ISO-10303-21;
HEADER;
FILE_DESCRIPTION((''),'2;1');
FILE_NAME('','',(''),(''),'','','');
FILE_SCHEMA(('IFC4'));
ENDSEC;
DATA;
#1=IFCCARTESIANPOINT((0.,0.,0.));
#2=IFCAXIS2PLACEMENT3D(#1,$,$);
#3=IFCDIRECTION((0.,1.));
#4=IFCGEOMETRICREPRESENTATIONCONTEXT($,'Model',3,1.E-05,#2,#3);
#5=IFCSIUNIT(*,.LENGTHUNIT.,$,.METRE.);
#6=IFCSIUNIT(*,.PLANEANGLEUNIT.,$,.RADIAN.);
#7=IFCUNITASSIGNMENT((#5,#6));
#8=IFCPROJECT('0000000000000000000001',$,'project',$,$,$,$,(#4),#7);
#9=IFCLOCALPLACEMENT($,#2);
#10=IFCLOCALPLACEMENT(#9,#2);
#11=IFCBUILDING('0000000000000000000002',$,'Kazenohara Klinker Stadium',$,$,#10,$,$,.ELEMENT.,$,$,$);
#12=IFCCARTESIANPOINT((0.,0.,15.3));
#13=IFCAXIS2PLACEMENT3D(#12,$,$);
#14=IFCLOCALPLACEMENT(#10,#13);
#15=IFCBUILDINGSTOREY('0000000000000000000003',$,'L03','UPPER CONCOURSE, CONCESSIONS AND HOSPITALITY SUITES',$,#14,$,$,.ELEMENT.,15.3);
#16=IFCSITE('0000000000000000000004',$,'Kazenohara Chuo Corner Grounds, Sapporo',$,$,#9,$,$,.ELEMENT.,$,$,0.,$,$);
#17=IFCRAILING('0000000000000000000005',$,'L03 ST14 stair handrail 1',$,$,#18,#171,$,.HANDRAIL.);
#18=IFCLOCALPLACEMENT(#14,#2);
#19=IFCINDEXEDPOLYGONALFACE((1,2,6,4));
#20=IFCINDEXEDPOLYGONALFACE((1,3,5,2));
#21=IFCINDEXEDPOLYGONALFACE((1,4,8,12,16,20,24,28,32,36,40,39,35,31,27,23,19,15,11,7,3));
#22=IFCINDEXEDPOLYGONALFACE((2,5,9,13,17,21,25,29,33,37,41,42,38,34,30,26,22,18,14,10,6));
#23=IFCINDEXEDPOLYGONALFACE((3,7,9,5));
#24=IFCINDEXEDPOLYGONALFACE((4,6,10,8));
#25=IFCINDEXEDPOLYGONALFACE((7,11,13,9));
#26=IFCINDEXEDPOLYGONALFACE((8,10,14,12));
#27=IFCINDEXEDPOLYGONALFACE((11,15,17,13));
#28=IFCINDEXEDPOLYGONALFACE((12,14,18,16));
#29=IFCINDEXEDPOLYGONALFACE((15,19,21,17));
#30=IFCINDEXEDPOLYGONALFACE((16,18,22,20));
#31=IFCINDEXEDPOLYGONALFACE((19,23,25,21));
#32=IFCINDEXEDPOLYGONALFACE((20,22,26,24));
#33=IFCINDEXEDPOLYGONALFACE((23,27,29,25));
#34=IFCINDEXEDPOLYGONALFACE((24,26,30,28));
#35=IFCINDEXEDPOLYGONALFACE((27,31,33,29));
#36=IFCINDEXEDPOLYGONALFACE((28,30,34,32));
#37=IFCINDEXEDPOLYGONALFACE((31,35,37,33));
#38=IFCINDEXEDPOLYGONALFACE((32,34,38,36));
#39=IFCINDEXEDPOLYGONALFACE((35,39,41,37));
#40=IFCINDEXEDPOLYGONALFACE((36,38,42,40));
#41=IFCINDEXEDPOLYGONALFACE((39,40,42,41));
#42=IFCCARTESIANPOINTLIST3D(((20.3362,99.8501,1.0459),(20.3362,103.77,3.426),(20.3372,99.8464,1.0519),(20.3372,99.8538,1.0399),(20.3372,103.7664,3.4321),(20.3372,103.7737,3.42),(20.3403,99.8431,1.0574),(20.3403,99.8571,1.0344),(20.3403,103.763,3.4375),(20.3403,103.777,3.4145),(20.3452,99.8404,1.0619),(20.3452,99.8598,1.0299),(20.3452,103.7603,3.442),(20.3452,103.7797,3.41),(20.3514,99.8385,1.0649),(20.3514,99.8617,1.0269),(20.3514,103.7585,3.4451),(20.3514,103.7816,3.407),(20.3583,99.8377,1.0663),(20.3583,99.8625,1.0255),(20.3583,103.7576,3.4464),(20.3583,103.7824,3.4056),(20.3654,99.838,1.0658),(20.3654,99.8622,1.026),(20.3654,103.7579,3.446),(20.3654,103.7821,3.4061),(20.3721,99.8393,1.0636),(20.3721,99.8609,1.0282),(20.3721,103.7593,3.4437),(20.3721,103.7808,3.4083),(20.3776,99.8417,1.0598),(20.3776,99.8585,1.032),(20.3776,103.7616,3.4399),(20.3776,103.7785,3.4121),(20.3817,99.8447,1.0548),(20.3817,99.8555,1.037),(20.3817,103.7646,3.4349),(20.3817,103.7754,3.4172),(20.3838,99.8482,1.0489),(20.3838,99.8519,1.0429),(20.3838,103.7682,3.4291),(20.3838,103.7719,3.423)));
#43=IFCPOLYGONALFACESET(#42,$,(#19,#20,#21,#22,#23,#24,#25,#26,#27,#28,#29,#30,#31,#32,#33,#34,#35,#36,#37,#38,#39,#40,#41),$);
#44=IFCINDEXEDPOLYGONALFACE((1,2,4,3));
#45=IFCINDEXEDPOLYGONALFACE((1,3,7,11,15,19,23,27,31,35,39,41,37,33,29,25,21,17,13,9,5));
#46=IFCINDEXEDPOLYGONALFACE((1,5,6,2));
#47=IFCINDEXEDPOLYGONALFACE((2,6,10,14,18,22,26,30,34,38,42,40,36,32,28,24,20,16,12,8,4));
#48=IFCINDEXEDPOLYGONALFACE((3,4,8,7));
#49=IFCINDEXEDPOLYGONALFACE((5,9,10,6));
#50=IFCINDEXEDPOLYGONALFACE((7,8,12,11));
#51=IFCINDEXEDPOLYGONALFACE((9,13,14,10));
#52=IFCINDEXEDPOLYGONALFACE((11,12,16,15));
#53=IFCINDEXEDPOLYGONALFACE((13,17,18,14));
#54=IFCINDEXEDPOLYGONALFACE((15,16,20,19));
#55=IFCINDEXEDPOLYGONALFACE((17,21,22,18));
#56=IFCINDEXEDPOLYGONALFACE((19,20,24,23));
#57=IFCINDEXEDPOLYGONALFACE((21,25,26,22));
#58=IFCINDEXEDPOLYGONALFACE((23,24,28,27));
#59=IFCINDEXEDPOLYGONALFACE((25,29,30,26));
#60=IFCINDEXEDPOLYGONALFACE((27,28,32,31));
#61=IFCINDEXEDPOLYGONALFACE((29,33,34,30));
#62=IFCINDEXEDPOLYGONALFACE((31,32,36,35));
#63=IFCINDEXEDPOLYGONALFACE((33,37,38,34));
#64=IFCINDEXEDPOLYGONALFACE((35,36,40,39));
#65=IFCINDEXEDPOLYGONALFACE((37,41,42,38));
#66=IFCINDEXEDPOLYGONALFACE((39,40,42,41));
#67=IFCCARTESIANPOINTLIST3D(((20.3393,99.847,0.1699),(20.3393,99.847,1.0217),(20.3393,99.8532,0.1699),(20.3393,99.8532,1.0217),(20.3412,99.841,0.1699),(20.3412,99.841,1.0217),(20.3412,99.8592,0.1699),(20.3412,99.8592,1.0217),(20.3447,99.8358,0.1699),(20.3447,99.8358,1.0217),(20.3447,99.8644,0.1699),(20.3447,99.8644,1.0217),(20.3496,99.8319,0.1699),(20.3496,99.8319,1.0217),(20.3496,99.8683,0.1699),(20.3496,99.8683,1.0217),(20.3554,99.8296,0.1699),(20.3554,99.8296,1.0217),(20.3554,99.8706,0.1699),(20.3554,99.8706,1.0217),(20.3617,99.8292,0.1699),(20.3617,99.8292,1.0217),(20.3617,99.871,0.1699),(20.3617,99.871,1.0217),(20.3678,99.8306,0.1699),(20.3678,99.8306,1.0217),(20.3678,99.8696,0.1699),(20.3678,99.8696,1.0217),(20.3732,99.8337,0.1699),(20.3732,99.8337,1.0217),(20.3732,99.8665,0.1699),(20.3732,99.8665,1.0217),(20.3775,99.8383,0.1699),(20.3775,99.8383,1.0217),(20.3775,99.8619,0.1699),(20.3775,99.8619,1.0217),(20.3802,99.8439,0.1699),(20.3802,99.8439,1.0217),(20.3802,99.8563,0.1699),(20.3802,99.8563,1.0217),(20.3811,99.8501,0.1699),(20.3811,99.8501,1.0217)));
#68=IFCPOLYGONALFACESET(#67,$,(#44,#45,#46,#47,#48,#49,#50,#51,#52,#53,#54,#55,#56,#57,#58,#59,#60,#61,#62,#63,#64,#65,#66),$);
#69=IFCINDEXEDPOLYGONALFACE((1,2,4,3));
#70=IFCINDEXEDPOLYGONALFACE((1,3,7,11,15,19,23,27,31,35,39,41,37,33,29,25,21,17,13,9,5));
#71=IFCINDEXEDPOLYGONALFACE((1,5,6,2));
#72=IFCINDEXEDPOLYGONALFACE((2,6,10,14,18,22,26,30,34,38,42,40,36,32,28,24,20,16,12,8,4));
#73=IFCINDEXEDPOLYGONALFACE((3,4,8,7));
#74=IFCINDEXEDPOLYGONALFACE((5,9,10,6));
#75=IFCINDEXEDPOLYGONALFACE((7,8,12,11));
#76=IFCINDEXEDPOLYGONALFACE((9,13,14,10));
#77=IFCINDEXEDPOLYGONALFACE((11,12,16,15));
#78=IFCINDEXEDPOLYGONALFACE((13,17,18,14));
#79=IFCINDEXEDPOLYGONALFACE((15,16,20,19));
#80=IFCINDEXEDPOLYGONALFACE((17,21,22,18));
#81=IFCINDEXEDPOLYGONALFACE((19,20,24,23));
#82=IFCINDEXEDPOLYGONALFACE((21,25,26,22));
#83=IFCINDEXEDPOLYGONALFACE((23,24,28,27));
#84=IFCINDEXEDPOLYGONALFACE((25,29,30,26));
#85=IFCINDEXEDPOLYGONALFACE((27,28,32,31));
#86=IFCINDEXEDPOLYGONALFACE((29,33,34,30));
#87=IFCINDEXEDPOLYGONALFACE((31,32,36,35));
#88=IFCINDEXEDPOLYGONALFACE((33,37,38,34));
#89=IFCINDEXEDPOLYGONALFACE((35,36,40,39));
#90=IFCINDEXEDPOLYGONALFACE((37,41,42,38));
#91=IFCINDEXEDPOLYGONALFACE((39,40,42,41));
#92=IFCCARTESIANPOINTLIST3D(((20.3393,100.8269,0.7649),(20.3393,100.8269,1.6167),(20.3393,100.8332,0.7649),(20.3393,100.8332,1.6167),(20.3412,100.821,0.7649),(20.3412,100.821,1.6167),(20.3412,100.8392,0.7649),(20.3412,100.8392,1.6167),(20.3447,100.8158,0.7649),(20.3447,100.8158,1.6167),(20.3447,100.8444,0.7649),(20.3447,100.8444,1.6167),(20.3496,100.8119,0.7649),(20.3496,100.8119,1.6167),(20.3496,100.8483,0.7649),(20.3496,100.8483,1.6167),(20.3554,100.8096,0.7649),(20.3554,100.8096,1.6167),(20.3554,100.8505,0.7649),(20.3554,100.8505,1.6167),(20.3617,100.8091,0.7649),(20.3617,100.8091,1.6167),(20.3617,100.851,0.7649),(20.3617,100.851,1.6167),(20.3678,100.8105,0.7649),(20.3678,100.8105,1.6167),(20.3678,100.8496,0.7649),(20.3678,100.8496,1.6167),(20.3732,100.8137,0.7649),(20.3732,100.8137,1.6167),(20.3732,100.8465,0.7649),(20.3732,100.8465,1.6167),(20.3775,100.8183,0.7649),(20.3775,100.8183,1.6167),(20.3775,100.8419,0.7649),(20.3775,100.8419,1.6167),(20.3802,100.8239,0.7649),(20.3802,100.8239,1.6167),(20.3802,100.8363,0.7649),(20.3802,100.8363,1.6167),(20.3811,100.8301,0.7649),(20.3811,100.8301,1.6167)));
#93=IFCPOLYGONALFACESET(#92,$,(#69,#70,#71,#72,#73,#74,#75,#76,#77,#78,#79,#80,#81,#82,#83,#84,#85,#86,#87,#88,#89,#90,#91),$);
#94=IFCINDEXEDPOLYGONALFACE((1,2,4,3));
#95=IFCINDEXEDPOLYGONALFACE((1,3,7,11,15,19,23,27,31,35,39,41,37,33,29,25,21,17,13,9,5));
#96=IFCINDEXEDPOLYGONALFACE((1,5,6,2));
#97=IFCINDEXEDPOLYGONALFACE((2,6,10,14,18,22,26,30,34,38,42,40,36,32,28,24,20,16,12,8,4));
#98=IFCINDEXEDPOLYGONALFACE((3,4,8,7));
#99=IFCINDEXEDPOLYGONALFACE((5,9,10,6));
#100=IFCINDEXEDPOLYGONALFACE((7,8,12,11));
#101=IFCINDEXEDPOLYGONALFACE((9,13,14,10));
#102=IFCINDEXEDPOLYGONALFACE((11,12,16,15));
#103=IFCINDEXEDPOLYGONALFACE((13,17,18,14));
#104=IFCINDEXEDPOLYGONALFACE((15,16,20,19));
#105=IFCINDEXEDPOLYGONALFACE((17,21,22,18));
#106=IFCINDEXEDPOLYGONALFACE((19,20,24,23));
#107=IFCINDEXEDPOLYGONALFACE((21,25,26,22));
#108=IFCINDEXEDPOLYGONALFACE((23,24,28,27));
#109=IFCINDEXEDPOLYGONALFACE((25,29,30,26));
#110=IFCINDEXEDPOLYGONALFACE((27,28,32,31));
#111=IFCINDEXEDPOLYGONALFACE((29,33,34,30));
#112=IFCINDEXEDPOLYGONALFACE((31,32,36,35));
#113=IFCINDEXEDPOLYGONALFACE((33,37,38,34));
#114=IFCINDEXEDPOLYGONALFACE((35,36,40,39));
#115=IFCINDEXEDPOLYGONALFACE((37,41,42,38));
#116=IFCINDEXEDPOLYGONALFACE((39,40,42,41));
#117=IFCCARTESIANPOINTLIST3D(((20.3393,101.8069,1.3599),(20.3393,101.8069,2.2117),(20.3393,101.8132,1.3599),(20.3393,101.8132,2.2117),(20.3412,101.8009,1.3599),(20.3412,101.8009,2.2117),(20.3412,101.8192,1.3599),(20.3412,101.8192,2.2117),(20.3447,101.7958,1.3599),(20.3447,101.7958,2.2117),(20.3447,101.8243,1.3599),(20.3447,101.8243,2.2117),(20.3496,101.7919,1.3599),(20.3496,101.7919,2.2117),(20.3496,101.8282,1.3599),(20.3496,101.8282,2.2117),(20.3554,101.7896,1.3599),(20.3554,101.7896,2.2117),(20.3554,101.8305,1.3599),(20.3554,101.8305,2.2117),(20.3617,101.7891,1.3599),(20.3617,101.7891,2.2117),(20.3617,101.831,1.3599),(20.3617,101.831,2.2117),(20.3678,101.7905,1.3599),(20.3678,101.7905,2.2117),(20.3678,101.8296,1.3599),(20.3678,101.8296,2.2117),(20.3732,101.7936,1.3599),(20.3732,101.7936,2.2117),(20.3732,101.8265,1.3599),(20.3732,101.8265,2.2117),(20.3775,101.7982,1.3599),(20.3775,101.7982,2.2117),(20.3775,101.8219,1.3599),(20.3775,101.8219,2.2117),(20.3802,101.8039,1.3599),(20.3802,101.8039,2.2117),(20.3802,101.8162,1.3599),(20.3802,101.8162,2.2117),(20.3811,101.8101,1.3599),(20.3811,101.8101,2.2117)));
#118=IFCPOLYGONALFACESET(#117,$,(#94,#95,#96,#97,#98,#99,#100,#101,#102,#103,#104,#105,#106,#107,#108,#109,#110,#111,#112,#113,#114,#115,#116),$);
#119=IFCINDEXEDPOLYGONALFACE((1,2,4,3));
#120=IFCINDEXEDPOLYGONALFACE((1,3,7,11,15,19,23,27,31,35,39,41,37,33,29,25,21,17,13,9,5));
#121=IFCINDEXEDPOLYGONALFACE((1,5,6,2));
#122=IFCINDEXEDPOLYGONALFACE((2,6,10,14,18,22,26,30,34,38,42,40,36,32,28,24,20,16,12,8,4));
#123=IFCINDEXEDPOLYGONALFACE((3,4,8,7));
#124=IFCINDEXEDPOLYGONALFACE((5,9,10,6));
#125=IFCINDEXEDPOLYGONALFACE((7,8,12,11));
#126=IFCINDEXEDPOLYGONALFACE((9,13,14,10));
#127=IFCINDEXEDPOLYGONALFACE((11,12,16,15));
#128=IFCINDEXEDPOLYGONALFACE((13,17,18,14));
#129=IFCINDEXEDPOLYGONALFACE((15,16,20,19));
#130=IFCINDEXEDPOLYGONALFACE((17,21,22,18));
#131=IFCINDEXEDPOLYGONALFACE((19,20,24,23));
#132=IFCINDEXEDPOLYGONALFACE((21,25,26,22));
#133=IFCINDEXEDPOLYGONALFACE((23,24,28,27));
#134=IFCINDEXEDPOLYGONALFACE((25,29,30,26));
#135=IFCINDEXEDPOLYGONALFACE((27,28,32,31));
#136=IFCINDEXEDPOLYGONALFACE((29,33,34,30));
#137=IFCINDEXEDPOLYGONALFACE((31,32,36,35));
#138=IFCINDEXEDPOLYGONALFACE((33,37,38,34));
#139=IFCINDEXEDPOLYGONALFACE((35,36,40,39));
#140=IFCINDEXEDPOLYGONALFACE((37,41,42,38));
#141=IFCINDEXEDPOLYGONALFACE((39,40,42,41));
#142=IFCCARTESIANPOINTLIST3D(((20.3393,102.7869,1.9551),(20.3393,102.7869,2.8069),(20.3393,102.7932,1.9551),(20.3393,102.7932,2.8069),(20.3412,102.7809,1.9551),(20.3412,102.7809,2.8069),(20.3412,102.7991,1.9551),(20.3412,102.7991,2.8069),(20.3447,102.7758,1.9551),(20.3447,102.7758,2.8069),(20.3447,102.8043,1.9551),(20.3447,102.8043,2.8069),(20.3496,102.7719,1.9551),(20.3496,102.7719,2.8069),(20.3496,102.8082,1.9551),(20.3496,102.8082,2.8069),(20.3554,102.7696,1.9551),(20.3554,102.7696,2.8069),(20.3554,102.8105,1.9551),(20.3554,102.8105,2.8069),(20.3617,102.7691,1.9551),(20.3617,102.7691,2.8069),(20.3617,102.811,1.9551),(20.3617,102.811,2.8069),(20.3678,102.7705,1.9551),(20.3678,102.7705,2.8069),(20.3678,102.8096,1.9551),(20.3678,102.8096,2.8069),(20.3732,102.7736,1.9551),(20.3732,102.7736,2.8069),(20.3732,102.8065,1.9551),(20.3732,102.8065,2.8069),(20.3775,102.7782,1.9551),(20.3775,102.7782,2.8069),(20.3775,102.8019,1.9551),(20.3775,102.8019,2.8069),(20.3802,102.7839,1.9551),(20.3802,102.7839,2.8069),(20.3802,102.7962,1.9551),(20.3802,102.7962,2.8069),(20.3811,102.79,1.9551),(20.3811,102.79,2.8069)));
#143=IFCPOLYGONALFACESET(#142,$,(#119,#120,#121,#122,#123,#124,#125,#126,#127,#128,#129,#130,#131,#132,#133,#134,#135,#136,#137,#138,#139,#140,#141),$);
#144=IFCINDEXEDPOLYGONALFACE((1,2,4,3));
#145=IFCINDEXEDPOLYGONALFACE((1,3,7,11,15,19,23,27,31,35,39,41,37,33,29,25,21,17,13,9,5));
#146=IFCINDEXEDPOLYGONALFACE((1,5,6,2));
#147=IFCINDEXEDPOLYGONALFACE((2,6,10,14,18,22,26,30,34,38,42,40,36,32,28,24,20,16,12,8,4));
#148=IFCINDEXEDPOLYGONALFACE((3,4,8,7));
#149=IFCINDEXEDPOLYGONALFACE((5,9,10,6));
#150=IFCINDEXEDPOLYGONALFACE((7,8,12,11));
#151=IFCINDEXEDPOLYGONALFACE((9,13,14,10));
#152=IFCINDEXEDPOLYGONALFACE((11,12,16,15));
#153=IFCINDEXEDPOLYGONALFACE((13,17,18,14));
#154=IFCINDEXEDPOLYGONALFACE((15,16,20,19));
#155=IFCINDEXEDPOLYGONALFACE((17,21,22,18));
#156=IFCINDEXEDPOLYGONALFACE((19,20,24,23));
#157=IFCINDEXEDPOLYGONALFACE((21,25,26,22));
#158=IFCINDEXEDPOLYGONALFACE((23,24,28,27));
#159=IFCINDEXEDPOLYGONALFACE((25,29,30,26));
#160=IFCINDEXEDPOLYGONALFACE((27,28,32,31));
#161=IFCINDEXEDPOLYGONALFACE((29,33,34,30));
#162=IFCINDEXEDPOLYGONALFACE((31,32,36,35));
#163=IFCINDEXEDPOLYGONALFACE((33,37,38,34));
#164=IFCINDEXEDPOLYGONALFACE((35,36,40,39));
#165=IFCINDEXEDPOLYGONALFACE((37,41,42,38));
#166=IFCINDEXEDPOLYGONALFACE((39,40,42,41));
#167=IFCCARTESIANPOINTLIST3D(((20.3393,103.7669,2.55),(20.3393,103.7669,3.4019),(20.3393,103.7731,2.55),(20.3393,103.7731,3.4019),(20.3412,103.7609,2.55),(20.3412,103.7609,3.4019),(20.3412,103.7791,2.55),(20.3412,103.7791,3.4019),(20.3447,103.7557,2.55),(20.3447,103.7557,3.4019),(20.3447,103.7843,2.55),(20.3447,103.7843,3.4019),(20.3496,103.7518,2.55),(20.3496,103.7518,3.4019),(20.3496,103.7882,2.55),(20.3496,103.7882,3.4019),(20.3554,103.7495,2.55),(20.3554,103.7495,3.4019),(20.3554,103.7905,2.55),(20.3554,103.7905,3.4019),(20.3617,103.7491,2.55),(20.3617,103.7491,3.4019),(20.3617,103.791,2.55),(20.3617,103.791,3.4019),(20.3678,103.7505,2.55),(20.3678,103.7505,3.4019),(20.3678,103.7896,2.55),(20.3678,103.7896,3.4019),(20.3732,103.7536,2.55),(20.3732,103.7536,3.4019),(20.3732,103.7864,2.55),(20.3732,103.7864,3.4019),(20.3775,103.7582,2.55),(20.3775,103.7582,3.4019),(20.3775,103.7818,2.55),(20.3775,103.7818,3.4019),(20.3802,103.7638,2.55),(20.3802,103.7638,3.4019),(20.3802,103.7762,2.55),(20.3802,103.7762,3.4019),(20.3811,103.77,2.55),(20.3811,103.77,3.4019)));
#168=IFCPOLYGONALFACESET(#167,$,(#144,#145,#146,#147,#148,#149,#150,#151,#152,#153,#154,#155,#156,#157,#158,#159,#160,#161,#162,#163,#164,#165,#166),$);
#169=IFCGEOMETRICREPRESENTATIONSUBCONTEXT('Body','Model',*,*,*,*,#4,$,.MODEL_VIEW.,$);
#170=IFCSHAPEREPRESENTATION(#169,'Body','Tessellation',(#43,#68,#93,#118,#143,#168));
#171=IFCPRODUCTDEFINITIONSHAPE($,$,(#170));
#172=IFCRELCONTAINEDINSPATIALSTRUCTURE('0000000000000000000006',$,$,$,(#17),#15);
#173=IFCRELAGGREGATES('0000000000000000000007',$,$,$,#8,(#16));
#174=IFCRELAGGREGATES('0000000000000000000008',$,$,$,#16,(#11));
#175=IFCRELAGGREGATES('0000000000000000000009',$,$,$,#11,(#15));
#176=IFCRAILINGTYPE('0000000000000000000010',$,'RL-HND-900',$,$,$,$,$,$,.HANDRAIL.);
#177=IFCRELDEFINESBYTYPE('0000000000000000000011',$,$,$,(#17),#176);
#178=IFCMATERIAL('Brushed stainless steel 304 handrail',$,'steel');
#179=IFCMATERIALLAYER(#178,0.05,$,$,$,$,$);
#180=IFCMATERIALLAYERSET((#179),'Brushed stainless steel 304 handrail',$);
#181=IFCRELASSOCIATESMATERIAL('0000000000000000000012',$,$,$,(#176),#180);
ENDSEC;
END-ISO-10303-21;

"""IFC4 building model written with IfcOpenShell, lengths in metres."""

from ifc_helpers import new_model, si_unit, direction, frame, origin, origin_2d, place, context, subcontext, project, spatial, circle, extrude, material, layer, layer_set, type_object, element, save


model = new_model("IFC4")

# Units and contexts
model_context = context("Model", 3, precision=1e-05, world=origin(), true_north=direction((0.0, 1.0)))
body_context = subcontext(model_context, "Body", "Model", "MODEL_VIEW")
ifc_project = project(units=[si_unit("LENGTHUNIT", "METRE"), si_unit("PLANEANGLEUNIT", "RADIAN")], contexts=[model_context])

# Site, building, storey
site_placement = place(None, origin())
site = spatial("IfcSite", under=ifc_project, at=site_placement, Name="Kazenohara Chuo Corner Grounds, Sapporo", CompositionType="ELEMENT", RefElevation=0.0)
building_placement = place(site_placement, origin())
building = spatial("IfcBuilding", under=site, at=building_placement, Name="Kazenohara Klinker Stadium", CompositionType="ELEMENT")
storey_placement = place(building_placement, frame((0.0, 0.0, 15.3)))
storey = spatial("IfcBuildingStorey", under=building, at=storey_placement, Name="L03", Description="UPPER CONCOURSE, CONCESSIONS AND HOSPITALITY SUITES", CompositionType="ELEMENT", Elevation=15.3)

# Railing
ifc_material_1 = material(Name="Brushed stainless steel 304 handrail", Category="steel")
ifc_layer_1 = layer(ifc_material_1, 0.05)
ifc_layer_set_1 = layer_set([ifc_layer_1], Name="Brushed stainless steel 304 handrail")
railing_type_1 = type_object("IfcRailingType", Name="RL-HND-900", PredefinedType="HANDRAIL", material=ifc_layer_set_1)
railing_1_placement = place(storey_placement, frame((20.3601, 99.8501, 0.1699)))
element("IfcRailing", 1, at=railing_1_placement, inside=storey, type_object=railing_type_1, Name="L03 ST14 stair handrail 1", PredefinedType="HANDRAIL", context=body_context, shape_type="SweptSolid", body=[
    extrude(circle(Radius=0.0239, at=origin_2d()), frame((0.0, 0.0, 0.876), z_axis=(0.0, 0.854771, 0.519006), x_axis=(-1.0, 0.0, 0.0)), (0.0, 0.0, 1.0), 4.5859),
    extrude(circle(Radius=0.021, at=origin_2d()), origin(), (0.0, 0.0, 1.0), 0.8518),
    extrude(circle(Radius=0.021, at=origin_2d()), frame((0.0, 0.98, 0.595)), (0.0, 0.0, 1.0), 0.8518),
    extrude(circle(Radius=0.021, at=origin_2d()), frame((0.0, 1.96, 1.1899)), (0.0, 0.0, 1.0), 0.8518),
    extrude(circle(Radius=0.021, at=origin_2d()), frame((0.0, 2.9399, 1.7852)), (0.0, 0.0, 1.0), 0.8518),
    extrude(circle(Radius=0.021, at=origin_2d()), frame((0.0, 3.9199, 2.3801)), (0.0, 0.0, 1.0), 0.8518),
])

save(model, "model.ifc")
